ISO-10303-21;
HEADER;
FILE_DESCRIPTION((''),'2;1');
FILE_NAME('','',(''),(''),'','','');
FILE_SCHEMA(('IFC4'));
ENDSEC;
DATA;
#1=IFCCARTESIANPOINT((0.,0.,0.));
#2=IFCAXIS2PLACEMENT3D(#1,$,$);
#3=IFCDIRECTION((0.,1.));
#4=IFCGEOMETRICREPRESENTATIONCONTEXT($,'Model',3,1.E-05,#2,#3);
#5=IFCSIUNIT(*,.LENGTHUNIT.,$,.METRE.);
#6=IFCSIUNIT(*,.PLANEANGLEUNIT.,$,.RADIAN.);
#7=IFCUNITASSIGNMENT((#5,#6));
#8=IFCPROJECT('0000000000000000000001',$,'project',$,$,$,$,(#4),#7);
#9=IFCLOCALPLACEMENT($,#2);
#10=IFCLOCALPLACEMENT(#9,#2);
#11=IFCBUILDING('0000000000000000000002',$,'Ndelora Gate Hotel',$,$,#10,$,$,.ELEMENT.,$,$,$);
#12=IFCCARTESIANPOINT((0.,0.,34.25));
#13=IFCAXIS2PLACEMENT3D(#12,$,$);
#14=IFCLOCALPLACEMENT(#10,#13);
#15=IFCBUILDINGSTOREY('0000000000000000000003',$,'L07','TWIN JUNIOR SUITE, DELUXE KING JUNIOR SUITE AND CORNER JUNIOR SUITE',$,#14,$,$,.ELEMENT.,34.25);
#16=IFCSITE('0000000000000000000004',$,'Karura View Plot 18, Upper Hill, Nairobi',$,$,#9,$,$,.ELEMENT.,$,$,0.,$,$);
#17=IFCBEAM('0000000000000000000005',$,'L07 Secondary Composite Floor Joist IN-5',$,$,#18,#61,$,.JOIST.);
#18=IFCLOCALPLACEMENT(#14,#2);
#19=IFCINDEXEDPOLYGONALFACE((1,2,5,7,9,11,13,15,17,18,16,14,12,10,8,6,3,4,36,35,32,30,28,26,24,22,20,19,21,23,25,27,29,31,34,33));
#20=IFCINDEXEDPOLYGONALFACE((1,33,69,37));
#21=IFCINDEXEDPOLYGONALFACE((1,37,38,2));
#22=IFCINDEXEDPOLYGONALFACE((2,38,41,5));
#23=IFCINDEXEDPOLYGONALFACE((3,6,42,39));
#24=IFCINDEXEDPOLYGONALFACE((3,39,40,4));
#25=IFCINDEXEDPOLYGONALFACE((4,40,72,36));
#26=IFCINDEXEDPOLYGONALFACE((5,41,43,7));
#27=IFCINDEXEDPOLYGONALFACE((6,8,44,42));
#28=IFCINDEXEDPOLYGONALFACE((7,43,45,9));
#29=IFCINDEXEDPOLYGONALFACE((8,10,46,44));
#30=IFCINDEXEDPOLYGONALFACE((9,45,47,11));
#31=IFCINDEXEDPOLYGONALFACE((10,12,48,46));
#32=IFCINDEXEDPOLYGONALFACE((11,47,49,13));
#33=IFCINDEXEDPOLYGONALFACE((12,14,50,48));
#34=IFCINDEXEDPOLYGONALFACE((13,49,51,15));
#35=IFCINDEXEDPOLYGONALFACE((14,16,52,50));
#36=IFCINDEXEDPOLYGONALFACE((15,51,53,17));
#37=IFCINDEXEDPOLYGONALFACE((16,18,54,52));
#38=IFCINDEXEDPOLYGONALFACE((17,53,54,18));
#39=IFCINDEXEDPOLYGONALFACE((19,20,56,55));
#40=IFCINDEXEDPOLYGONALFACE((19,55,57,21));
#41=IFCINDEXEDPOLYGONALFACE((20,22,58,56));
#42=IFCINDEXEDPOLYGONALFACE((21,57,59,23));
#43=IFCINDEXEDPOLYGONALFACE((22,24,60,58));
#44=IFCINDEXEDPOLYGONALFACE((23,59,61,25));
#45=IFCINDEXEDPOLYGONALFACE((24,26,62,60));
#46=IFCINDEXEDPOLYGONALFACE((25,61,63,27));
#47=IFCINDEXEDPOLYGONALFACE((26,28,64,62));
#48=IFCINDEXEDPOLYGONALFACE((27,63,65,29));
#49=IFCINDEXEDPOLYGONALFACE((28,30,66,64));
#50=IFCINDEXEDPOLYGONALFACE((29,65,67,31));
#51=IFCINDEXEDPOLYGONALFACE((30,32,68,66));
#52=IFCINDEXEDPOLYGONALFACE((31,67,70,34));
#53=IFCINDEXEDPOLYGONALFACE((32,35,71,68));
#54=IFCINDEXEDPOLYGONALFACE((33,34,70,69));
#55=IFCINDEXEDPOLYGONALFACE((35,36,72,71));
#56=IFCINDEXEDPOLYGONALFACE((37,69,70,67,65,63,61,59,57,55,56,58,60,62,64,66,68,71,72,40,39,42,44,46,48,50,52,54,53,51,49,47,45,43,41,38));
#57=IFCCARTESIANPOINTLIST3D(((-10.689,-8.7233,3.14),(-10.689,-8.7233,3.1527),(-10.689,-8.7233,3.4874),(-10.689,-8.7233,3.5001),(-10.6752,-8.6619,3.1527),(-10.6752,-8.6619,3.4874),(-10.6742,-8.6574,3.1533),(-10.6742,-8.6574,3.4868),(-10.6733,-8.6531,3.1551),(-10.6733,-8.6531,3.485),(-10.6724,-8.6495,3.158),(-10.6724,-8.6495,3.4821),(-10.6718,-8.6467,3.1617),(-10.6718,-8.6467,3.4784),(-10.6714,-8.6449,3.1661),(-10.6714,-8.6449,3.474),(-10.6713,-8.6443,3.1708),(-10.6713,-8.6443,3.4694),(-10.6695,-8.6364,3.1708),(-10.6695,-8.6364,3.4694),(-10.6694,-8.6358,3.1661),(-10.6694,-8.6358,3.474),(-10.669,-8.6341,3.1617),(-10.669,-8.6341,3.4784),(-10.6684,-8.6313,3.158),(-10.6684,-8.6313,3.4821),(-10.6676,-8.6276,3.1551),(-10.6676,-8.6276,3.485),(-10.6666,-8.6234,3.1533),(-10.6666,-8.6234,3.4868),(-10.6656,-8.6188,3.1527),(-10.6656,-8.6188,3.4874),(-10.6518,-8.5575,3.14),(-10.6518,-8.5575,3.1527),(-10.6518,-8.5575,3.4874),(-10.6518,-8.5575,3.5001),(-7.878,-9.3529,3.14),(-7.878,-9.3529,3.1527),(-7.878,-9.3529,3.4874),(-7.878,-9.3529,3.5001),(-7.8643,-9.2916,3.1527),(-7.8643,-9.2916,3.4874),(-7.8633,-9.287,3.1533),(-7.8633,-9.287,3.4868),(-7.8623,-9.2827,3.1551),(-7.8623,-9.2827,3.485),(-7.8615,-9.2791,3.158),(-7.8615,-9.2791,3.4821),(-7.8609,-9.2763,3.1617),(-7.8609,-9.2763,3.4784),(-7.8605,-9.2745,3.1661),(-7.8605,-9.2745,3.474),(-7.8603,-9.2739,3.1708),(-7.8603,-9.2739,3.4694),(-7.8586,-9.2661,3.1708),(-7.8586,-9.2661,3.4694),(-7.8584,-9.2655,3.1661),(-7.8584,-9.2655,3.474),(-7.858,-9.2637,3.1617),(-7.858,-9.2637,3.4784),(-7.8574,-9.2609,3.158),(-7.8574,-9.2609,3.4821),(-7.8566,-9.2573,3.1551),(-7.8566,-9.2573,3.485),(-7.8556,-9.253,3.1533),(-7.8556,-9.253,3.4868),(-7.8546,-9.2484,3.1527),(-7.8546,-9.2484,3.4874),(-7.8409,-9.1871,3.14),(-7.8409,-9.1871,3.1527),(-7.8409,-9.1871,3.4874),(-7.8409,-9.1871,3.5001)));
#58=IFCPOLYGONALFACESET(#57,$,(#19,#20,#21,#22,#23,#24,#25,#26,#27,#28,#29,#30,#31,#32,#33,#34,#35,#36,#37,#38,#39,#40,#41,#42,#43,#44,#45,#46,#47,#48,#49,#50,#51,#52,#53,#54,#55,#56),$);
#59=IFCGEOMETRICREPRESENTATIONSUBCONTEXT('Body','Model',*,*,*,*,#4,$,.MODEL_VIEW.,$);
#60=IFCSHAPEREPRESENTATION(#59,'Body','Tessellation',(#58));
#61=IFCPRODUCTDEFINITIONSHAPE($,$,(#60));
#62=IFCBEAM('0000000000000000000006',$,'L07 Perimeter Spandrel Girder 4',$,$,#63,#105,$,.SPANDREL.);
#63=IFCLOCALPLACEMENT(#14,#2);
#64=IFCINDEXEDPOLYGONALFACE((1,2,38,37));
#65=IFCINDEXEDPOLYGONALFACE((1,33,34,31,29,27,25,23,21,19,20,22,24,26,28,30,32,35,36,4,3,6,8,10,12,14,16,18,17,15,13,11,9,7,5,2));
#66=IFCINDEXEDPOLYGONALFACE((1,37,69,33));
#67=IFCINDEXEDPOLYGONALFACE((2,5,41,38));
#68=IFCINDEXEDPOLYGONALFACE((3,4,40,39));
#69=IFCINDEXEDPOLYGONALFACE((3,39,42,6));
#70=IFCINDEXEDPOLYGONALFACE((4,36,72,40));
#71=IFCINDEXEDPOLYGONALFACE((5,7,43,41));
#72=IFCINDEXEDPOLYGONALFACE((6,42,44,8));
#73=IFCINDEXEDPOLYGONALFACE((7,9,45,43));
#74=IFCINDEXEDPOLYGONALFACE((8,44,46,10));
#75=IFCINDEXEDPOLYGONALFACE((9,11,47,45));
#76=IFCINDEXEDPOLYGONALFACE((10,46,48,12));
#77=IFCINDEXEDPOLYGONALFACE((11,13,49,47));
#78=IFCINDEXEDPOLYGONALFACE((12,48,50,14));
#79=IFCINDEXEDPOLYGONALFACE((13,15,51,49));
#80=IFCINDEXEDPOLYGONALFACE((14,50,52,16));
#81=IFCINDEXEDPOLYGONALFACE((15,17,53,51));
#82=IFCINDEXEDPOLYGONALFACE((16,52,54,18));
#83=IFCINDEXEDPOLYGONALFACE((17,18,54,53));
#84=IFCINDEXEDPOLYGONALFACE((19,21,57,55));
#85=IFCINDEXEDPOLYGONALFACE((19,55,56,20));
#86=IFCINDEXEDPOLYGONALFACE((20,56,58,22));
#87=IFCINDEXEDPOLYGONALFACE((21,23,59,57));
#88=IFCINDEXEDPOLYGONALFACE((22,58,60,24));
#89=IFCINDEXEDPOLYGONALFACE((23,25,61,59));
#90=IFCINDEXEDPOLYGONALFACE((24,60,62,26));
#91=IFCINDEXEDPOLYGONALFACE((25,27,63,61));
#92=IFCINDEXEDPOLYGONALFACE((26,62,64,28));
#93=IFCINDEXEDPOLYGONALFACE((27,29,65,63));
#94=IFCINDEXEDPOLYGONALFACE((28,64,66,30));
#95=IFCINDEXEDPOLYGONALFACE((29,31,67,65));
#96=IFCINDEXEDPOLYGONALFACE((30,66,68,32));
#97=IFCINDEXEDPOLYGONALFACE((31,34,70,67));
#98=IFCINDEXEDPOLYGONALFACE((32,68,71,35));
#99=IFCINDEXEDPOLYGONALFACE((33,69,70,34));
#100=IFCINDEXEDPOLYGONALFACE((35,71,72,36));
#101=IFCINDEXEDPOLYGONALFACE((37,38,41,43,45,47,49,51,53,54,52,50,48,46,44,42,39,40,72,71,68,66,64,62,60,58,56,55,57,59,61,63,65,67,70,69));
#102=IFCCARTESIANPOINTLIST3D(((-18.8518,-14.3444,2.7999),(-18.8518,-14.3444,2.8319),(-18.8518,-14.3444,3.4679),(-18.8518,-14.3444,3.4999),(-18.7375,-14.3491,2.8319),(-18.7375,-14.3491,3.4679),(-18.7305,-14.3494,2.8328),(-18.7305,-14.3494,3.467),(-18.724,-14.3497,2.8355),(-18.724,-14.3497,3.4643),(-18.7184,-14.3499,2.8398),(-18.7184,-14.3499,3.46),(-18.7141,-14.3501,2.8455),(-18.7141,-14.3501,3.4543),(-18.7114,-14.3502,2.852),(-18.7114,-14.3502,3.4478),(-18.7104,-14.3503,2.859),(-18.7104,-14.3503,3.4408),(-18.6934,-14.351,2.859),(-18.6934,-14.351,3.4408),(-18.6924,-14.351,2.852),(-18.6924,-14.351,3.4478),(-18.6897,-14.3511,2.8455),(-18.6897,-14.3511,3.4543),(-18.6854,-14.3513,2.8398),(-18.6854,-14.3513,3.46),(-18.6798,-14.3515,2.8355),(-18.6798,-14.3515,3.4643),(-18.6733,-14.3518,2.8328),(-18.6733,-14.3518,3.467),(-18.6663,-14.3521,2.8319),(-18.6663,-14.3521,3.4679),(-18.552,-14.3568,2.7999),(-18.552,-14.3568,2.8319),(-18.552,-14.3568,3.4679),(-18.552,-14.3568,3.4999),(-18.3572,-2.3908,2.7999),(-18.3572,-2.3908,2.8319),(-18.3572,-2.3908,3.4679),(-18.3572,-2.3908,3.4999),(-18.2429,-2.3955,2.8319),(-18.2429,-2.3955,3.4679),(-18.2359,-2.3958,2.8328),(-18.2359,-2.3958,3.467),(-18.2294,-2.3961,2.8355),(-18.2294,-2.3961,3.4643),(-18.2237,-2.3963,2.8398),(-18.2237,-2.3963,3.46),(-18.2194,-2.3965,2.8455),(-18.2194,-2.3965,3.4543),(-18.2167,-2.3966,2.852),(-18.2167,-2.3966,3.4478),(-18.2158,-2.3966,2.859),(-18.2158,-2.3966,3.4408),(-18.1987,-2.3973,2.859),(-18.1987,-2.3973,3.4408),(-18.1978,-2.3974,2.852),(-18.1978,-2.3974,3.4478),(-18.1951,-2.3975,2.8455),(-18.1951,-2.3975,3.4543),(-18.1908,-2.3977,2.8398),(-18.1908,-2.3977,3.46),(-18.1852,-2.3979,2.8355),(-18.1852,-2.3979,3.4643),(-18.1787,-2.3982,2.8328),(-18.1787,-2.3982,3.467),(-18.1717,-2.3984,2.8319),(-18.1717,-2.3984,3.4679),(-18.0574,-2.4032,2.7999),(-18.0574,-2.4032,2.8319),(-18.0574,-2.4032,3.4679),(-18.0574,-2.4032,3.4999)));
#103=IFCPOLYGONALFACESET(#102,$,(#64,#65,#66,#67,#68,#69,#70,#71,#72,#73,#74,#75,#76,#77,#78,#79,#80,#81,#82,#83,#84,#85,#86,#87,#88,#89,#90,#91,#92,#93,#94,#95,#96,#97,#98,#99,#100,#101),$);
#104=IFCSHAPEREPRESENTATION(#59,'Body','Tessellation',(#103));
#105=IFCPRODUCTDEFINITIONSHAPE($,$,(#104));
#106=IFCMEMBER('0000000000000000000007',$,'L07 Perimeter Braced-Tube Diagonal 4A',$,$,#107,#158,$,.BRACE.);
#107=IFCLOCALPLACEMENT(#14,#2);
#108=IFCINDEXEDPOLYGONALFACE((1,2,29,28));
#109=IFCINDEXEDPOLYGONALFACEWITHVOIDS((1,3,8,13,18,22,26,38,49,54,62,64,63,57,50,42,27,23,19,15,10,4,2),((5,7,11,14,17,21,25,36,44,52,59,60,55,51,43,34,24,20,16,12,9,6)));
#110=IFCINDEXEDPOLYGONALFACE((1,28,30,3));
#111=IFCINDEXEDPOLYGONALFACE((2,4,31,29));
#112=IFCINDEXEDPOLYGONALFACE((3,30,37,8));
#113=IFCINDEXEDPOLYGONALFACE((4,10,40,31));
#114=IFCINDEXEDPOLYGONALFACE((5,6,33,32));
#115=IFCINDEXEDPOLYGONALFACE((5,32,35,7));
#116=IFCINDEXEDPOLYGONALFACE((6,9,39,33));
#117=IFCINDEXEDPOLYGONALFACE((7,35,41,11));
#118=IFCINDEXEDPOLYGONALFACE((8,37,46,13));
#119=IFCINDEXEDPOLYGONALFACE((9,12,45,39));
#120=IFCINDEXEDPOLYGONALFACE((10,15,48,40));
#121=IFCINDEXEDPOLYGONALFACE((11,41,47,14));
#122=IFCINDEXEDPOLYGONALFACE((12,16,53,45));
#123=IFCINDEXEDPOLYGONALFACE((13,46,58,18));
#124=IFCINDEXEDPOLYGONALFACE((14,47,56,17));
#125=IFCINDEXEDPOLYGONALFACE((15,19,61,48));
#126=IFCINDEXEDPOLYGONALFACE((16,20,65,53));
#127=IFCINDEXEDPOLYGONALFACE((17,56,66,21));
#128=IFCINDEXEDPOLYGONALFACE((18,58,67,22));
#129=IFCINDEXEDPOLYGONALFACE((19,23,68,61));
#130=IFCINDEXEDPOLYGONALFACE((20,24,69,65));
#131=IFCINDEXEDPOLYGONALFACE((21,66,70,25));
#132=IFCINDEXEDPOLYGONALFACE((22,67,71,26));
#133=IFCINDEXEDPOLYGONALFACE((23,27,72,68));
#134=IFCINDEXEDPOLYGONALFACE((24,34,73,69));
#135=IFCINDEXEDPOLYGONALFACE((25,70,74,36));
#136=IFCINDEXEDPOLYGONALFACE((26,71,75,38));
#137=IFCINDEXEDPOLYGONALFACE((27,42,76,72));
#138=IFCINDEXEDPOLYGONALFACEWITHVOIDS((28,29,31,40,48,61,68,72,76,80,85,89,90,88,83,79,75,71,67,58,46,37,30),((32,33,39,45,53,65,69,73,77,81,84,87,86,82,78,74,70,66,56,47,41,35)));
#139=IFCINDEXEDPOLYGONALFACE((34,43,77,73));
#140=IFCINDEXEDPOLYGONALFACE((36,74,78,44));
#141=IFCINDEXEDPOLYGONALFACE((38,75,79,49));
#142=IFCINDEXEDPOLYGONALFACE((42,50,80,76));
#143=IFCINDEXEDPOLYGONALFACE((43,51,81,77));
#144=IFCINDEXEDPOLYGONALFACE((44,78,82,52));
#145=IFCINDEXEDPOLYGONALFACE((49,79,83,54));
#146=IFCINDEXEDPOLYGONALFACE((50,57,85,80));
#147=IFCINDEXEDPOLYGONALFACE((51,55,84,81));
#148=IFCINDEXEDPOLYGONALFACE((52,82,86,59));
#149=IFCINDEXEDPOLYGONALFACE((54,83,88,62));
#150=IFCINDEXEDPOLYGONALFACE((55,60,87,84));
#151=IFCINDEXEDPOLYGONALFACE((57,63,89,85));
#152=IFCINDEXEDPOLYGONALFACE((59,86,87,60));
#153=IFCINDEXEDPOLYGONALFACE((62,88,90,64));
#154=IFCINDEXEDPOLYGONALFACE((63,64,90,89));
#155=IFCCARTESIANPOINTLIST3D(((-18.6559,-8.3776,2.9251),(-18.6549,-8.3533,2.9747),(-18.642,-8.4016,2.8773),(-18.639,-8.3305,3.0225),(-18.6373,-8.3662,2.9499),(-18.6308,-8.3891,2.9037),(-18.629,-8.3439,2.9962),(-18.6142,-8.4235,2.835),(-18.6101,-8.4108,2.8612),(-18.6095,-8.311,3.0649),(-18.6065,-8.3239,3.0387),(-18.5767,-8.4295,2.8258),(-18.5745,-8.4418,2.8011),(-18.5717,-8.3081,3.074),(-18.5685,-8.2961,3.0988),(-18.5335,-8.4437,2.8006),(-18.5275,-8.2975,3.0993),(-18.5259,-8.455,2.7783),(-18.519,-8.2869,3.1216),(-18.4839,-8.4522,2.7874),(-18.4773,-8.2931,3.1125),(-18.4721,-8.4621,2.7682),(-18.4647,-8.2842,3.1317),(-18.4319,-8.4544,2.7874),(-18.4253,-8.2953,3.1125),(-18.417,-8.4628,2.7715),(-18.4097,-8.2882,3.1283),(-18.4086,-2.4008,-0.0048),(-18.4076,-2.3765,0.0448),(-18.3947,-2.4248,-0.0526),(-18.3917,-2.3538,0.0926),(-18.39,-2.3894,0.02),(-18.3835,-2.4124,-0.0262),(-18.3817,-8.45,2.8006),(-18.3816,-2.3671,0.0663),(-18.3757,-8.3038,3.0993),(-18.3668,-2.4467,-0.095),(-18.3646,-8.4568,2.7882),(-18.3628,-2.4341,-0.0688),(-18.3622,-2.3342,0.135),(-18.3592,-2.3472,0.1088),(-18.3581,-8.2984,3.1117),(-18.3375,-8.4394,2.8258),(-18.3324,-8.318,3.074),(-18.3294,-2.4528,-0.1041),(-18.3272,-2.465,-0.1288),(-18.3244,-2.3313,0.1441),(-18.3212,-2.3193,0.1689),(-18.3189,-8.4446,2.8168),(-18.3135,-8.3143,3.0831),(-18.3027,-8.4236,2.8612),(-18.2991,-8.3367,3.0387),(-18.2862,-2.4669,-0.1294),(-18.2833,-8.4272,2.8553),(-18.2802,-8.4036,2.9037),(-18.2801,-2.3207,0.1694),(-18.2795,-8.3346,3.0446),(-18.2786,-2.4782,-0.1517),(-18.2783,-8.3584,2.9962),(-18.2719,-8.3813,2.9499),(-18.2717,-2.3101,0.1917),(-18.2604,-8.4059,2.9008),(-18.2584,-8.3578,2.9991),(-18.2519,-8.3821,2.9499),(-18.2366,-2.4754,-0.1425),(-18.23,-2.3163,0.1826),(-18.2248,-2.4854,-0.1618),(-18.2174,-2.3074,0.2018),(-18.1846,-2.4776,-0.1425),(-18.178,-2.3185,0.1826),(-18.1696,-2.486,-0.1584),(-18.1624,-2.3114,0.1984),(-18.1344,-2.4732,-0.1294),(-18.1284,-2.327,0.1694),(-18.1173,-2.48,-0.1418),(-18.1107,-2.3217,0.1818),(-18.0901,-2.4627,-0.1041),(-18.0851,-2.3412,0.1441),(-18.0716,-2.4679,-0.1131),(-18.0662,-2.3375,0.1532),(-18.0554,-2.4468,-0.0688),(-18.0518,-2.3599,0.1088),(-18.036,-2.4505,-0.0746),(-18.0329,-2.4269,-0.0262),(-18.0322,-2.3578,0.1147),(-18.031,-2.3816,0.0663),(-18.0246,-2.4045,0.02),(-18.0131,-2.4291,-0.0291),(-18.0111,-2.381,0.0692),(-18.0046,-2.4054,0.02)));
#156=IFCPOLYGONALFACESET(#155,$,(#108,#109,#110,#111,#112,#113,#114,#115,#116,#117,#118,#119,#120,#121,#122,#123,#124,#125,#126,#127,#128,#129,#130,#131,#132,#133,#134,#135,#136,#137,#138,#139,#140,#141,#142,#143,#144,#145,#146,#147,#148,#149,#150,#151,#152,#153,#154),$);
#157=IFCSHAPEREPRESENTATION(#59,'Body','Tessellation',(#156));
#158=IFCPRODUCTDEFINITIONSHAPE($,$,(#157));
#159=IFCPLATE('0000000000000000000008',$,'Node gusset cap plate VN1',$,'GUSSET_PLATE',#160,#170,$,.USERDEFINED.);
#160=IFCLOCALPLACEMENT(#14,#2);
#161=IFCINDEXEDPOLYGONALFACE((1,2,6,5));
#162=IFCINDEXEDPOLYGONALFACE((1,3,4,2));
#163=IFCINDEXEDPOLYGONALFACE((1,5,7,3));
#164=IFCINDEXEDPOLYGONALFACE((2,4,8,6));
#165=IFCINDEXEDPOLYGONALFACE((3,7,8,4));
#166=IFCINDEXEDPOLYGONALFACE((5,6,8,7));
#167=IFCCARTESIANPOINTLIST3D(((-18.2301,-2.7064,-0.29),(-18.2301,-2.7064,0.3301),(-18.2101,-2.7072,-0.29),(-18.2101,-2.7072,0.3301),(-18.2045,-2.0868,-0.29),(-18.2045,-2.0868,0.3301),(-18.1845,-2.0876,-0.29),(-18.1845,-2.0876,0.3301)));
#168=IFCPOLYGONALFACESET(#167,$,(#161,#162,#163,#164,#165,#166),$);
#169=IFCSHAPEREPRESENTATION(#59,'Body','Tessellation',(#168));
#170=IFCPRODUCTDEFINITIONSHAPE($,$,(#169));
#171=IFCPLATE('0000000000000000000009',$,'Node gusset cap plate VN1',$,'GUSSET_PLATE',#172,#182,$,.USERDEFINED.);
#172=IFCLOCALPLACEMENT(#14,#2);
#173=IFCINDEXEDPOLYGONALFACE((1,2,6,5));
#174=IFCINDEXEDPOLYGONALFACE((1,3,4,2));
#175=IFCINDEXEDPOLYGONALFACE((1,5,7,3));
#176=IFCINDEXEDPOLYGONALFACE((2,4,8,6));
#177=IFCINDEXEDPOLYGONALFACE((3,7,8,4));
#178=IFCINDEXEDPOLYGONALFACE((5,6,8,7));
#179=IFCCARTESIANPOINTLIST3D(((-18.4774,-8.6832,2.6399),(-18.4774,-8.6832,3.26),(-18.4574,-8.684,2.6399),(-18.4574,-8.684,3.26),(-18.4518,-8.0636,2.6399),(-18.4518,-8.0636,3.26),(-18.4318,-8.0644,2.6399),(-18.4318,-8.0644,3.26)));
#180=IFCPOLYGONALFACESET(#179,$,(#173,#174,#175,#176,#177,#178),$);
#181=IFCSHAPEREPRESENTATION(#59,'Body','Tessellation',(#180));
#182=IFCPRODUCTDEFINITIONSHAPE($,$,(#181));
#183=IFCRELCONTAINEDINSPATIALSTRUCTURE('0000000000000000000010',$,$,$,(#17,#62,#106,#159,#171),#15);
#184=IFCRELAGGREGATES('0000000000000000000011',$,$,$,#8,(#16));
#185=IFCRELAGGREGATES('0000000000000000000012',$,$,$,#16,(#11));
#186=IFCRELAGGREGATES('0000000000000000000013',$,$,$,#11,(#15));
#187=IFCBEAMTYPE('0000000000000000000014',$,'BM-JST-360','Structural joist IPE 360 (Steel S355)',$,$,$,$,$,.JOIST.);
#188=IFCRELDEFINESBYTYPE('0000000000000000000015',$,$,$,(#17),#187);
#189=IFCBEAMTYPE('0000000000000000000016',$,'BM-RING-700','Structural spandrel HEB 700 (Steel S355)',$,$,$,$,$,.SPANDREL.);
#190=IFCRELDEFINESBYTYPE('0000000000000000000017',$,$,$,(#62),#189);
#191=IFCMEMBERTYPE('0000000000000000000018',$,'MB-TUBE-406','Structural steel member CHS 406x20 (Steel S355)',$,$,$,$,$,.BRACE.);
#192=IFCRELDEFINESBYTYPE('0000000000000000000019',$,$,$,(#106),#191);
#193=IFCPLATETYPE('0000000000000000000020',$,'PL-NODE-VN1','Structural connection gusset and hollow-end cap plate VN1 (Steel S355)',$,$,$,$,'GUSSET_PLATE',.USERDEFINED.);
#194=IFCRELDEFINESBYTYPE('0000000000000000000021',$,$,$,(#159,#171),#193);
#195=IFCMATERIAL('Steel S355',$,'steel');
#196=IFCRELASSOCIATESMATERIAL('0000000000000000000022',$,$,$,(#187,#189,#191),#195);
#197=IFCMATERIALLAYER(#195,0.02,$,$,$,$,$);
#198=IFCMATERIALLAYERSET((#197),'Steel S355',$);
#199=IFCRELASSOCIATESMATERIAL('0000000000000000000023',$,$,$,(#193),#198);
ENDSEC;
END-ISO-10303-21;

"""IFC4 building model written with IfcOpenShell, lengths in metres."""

from ifc_helpers import new_model, si_unit, direction, frame, origin, origin_2d, place, context, subcontext, project, spatial, rectangle, hollow_circle, i_section, extrude, material, layer, layer_set, material_profile, profile_set, type_object, element, save


model = new_model("IFC4")

# Units and contexts
model_context = context("Model", 3, precision=1e-05, world=origin(), true_north=direction((0.0, 1.0)))
body_context = subcontext(model_context, "Body", "Model", "MODEL_VIEW")
ifc_project = project(units=[si_unit("LENGTHUNIT", "METRE"), si_unit("PLANEANGLEUNIT", "RADIAN")], contexts=[model_context])

# Site, building, storey
site_placement = place(None, origin())
site = spatial("IfcSite", under=ifc_project, at=site_placement, Name="Karura View Plot 18, Upper Hill, Nairobi", CompositionType="ELEMENT", RefElevation=0.0)
building_placement = place(site_placement, origin())
building = spatial("IfcBuilding", under=site, at=building_placement, Name="Ndelora Gate Hotel", CompositionType="ELEMENT")
storey_placement = place(building_placement, frame((0.0, 0.0, 34.25)))
storey = spatial("IfcBuildingStorey", under=building, at=storey_placement, Name="L07", Description="TWIN JUNIOR SUITE, DELUXE KING JUNIOR SUITE AND CORNER JUNIOR SUITE", CompositionType="ELEMENT", Elevation=34.25)

# Beams
ifc_material_1 = material(Name="Steel S355", Category="steel")
ifc_material_profile_1 = material_profile(ifc_material_1, i_section(OverallWidth=0.1699, OverallDepth=0.3601, WebThickness=0.0081, FlangeThickness=0.0127, FilletRadius=0.0181, at=origin_2d()), Name="IPE 360")
ifc_profile_set_1 = profile_set([ifc_material_profile_1], Name="Steel S355")
beam_type_1 = type_object("IfcBeamType", Name="BM-JST-360", Description="Structural joist IPE 360 (Steel S355)", PredefinedType="JOIST", material=ifc_profile_set_1)
beam_1_placement = place(storey_placement, frame((-10.6704, -8.6404, 3.3201), z_axis=(0.975821, -0.218572, 0.0), x_axis=(0.218572, 0.975821, 0.0)))
element("IfcBeam", 1, at=beam_1_placement, inside=storey, type_object=beam_type_1, Name="L07 Secondary Composite Floor Joist IN-5", PredefinedType="JOIST", context=body_context, shape_type="SweptSolid", body=[
    extrude(i_section(OverallWidth=0.1699, OverallDepth=0.3601, WebThickness=0.0081, FlangeThickness=0.0127, FilletRadius=0.0181, at=origin_2d()), origin(), (0.0, 0.0, 1.0), 2.8806),
])
ifc_material_profile_2 = material_profile(ifc_material_1, i_section(OverallWidth=0.3, OverallDepth=0.7, WebThickness=0.0171, FlangeThickness=0.032, FilletRadius=0.0271, at=origin_2d()), Name="HEB 700")
ifc_profile_set_2 = profile_set([ifc_material_profile_2], Name="Steel S355")
beam_type_2 = type_object("IfcBeamType", Name="BM-RING-700", Description="Structural spandrel HEB 700 (Steel S355)", PredefinedType="SPANDREL", material=ifc_profile_set_2)
beam_2_placement = place(storey_placement, frame((-18.2073, -2.397, 3.1499), z_axis=(-0.041344, -0.999145, 0.0), x_axis=(0.999145, -0.041344, 0.0)))
element("IfcBeam", 2, at=beam_2_placement, inside=storey, type_object=beam_type_2, Name="L07 Perimeter Spandrel Girder 4", PredefinedType="SPANDREL", context=body_context, shape_type="SweptSolid", body=[
    extrude(i_section(OverallWidth=0.3, OverallDepth=0.7, WebThickness=0.0171, FlangeThickness=0.032, FilletRadius=0.0271, at=origin_2d()), origin(), (0.0, 0.0, 1.0), 11.9639),
])

# Member
ifc_material_profile_3 = material_profile(ifc_material_1, hollow_circle(Radius=0.2029, WallThickness=0.02, at=origin_2d()), Name="CHS 406x20")
ifc_profile_set_3 = profile_set([ifc_material_profile_3], Name="Steel S355")
member_type = type_object("IfcMemberType", Name="MB-TUBE-406", Description="Structural steel member CHS 406x20 (Steel S355)", PredefinedType="BRACE", material=ifc_profile_set_3)
member_placement = place(storey_placement, frame((-18.2073, -2.397, 0.02), z_axis=(-0.037129, -0.897294, 0.439869), x_axis=(0.999145, -0.041344, 0.0)))
element("IfcMember", 3, at=member_placement, inside=storey, type_object=member_type, Name="L07 Perimeter Braced-Tube Diagonal 4A", PredefinedType="BRACE", context=body_context, shape_type="SweptSolid", body=[
    extrude(hollow_circle(Radius=0.2029, WallThickness=0.02, at=origin_2d()), origin(), (0.0, 0.0, 1.0), 6.6609),
])

# Plates
ifc_layer_1 = layer(ifc_material_1, 0.02)
ifc_layer_set_1 = layer_set([ifc_layer_1], Name="Steel S355")
plate_type = type_object("IfcPlateType", Name="PL-NODE-VN1", Description="Structural connection gusset and hollow-end cap plate VN1 (Steel S355)", ElementType="GUSSET_PLATE", PredefinedType="USERDEFINED", material=ifc_layer_set_1)
for number, where, z_axis, x_axis, name in (
    (4, (-18.2073, -2.397, -0.29), (0.0, 0.0, 1.0), (0.041353, 0.999145, 0.0), "Node gusset cap plate VN1"),
    (5, (-18.4546, -8.3738, 2.6399), (0.0, 0.0, 1.0), (0.041353, 0.999145, 0.0), "Node gusset cap plate VN1"),
):
    element("IfcPlate", number, at=place(storey_placement, frame(where, z_axis=z_axis, x_axis=x_axis)), inside=storey, type_object=plate_type, Name=name, ObjectType="GUSSET_PLATE", PredefinedType="USERDEFINED", context=body_context, shape_type="SweptSolid", body=[
        extrude(rectangle(XDim=0.6201, YDim=0.02, at=origin_2d()), origin(), (0.0, 0.0, 1.0), 0.6201),
    ])

save(model, "model.ifc")
